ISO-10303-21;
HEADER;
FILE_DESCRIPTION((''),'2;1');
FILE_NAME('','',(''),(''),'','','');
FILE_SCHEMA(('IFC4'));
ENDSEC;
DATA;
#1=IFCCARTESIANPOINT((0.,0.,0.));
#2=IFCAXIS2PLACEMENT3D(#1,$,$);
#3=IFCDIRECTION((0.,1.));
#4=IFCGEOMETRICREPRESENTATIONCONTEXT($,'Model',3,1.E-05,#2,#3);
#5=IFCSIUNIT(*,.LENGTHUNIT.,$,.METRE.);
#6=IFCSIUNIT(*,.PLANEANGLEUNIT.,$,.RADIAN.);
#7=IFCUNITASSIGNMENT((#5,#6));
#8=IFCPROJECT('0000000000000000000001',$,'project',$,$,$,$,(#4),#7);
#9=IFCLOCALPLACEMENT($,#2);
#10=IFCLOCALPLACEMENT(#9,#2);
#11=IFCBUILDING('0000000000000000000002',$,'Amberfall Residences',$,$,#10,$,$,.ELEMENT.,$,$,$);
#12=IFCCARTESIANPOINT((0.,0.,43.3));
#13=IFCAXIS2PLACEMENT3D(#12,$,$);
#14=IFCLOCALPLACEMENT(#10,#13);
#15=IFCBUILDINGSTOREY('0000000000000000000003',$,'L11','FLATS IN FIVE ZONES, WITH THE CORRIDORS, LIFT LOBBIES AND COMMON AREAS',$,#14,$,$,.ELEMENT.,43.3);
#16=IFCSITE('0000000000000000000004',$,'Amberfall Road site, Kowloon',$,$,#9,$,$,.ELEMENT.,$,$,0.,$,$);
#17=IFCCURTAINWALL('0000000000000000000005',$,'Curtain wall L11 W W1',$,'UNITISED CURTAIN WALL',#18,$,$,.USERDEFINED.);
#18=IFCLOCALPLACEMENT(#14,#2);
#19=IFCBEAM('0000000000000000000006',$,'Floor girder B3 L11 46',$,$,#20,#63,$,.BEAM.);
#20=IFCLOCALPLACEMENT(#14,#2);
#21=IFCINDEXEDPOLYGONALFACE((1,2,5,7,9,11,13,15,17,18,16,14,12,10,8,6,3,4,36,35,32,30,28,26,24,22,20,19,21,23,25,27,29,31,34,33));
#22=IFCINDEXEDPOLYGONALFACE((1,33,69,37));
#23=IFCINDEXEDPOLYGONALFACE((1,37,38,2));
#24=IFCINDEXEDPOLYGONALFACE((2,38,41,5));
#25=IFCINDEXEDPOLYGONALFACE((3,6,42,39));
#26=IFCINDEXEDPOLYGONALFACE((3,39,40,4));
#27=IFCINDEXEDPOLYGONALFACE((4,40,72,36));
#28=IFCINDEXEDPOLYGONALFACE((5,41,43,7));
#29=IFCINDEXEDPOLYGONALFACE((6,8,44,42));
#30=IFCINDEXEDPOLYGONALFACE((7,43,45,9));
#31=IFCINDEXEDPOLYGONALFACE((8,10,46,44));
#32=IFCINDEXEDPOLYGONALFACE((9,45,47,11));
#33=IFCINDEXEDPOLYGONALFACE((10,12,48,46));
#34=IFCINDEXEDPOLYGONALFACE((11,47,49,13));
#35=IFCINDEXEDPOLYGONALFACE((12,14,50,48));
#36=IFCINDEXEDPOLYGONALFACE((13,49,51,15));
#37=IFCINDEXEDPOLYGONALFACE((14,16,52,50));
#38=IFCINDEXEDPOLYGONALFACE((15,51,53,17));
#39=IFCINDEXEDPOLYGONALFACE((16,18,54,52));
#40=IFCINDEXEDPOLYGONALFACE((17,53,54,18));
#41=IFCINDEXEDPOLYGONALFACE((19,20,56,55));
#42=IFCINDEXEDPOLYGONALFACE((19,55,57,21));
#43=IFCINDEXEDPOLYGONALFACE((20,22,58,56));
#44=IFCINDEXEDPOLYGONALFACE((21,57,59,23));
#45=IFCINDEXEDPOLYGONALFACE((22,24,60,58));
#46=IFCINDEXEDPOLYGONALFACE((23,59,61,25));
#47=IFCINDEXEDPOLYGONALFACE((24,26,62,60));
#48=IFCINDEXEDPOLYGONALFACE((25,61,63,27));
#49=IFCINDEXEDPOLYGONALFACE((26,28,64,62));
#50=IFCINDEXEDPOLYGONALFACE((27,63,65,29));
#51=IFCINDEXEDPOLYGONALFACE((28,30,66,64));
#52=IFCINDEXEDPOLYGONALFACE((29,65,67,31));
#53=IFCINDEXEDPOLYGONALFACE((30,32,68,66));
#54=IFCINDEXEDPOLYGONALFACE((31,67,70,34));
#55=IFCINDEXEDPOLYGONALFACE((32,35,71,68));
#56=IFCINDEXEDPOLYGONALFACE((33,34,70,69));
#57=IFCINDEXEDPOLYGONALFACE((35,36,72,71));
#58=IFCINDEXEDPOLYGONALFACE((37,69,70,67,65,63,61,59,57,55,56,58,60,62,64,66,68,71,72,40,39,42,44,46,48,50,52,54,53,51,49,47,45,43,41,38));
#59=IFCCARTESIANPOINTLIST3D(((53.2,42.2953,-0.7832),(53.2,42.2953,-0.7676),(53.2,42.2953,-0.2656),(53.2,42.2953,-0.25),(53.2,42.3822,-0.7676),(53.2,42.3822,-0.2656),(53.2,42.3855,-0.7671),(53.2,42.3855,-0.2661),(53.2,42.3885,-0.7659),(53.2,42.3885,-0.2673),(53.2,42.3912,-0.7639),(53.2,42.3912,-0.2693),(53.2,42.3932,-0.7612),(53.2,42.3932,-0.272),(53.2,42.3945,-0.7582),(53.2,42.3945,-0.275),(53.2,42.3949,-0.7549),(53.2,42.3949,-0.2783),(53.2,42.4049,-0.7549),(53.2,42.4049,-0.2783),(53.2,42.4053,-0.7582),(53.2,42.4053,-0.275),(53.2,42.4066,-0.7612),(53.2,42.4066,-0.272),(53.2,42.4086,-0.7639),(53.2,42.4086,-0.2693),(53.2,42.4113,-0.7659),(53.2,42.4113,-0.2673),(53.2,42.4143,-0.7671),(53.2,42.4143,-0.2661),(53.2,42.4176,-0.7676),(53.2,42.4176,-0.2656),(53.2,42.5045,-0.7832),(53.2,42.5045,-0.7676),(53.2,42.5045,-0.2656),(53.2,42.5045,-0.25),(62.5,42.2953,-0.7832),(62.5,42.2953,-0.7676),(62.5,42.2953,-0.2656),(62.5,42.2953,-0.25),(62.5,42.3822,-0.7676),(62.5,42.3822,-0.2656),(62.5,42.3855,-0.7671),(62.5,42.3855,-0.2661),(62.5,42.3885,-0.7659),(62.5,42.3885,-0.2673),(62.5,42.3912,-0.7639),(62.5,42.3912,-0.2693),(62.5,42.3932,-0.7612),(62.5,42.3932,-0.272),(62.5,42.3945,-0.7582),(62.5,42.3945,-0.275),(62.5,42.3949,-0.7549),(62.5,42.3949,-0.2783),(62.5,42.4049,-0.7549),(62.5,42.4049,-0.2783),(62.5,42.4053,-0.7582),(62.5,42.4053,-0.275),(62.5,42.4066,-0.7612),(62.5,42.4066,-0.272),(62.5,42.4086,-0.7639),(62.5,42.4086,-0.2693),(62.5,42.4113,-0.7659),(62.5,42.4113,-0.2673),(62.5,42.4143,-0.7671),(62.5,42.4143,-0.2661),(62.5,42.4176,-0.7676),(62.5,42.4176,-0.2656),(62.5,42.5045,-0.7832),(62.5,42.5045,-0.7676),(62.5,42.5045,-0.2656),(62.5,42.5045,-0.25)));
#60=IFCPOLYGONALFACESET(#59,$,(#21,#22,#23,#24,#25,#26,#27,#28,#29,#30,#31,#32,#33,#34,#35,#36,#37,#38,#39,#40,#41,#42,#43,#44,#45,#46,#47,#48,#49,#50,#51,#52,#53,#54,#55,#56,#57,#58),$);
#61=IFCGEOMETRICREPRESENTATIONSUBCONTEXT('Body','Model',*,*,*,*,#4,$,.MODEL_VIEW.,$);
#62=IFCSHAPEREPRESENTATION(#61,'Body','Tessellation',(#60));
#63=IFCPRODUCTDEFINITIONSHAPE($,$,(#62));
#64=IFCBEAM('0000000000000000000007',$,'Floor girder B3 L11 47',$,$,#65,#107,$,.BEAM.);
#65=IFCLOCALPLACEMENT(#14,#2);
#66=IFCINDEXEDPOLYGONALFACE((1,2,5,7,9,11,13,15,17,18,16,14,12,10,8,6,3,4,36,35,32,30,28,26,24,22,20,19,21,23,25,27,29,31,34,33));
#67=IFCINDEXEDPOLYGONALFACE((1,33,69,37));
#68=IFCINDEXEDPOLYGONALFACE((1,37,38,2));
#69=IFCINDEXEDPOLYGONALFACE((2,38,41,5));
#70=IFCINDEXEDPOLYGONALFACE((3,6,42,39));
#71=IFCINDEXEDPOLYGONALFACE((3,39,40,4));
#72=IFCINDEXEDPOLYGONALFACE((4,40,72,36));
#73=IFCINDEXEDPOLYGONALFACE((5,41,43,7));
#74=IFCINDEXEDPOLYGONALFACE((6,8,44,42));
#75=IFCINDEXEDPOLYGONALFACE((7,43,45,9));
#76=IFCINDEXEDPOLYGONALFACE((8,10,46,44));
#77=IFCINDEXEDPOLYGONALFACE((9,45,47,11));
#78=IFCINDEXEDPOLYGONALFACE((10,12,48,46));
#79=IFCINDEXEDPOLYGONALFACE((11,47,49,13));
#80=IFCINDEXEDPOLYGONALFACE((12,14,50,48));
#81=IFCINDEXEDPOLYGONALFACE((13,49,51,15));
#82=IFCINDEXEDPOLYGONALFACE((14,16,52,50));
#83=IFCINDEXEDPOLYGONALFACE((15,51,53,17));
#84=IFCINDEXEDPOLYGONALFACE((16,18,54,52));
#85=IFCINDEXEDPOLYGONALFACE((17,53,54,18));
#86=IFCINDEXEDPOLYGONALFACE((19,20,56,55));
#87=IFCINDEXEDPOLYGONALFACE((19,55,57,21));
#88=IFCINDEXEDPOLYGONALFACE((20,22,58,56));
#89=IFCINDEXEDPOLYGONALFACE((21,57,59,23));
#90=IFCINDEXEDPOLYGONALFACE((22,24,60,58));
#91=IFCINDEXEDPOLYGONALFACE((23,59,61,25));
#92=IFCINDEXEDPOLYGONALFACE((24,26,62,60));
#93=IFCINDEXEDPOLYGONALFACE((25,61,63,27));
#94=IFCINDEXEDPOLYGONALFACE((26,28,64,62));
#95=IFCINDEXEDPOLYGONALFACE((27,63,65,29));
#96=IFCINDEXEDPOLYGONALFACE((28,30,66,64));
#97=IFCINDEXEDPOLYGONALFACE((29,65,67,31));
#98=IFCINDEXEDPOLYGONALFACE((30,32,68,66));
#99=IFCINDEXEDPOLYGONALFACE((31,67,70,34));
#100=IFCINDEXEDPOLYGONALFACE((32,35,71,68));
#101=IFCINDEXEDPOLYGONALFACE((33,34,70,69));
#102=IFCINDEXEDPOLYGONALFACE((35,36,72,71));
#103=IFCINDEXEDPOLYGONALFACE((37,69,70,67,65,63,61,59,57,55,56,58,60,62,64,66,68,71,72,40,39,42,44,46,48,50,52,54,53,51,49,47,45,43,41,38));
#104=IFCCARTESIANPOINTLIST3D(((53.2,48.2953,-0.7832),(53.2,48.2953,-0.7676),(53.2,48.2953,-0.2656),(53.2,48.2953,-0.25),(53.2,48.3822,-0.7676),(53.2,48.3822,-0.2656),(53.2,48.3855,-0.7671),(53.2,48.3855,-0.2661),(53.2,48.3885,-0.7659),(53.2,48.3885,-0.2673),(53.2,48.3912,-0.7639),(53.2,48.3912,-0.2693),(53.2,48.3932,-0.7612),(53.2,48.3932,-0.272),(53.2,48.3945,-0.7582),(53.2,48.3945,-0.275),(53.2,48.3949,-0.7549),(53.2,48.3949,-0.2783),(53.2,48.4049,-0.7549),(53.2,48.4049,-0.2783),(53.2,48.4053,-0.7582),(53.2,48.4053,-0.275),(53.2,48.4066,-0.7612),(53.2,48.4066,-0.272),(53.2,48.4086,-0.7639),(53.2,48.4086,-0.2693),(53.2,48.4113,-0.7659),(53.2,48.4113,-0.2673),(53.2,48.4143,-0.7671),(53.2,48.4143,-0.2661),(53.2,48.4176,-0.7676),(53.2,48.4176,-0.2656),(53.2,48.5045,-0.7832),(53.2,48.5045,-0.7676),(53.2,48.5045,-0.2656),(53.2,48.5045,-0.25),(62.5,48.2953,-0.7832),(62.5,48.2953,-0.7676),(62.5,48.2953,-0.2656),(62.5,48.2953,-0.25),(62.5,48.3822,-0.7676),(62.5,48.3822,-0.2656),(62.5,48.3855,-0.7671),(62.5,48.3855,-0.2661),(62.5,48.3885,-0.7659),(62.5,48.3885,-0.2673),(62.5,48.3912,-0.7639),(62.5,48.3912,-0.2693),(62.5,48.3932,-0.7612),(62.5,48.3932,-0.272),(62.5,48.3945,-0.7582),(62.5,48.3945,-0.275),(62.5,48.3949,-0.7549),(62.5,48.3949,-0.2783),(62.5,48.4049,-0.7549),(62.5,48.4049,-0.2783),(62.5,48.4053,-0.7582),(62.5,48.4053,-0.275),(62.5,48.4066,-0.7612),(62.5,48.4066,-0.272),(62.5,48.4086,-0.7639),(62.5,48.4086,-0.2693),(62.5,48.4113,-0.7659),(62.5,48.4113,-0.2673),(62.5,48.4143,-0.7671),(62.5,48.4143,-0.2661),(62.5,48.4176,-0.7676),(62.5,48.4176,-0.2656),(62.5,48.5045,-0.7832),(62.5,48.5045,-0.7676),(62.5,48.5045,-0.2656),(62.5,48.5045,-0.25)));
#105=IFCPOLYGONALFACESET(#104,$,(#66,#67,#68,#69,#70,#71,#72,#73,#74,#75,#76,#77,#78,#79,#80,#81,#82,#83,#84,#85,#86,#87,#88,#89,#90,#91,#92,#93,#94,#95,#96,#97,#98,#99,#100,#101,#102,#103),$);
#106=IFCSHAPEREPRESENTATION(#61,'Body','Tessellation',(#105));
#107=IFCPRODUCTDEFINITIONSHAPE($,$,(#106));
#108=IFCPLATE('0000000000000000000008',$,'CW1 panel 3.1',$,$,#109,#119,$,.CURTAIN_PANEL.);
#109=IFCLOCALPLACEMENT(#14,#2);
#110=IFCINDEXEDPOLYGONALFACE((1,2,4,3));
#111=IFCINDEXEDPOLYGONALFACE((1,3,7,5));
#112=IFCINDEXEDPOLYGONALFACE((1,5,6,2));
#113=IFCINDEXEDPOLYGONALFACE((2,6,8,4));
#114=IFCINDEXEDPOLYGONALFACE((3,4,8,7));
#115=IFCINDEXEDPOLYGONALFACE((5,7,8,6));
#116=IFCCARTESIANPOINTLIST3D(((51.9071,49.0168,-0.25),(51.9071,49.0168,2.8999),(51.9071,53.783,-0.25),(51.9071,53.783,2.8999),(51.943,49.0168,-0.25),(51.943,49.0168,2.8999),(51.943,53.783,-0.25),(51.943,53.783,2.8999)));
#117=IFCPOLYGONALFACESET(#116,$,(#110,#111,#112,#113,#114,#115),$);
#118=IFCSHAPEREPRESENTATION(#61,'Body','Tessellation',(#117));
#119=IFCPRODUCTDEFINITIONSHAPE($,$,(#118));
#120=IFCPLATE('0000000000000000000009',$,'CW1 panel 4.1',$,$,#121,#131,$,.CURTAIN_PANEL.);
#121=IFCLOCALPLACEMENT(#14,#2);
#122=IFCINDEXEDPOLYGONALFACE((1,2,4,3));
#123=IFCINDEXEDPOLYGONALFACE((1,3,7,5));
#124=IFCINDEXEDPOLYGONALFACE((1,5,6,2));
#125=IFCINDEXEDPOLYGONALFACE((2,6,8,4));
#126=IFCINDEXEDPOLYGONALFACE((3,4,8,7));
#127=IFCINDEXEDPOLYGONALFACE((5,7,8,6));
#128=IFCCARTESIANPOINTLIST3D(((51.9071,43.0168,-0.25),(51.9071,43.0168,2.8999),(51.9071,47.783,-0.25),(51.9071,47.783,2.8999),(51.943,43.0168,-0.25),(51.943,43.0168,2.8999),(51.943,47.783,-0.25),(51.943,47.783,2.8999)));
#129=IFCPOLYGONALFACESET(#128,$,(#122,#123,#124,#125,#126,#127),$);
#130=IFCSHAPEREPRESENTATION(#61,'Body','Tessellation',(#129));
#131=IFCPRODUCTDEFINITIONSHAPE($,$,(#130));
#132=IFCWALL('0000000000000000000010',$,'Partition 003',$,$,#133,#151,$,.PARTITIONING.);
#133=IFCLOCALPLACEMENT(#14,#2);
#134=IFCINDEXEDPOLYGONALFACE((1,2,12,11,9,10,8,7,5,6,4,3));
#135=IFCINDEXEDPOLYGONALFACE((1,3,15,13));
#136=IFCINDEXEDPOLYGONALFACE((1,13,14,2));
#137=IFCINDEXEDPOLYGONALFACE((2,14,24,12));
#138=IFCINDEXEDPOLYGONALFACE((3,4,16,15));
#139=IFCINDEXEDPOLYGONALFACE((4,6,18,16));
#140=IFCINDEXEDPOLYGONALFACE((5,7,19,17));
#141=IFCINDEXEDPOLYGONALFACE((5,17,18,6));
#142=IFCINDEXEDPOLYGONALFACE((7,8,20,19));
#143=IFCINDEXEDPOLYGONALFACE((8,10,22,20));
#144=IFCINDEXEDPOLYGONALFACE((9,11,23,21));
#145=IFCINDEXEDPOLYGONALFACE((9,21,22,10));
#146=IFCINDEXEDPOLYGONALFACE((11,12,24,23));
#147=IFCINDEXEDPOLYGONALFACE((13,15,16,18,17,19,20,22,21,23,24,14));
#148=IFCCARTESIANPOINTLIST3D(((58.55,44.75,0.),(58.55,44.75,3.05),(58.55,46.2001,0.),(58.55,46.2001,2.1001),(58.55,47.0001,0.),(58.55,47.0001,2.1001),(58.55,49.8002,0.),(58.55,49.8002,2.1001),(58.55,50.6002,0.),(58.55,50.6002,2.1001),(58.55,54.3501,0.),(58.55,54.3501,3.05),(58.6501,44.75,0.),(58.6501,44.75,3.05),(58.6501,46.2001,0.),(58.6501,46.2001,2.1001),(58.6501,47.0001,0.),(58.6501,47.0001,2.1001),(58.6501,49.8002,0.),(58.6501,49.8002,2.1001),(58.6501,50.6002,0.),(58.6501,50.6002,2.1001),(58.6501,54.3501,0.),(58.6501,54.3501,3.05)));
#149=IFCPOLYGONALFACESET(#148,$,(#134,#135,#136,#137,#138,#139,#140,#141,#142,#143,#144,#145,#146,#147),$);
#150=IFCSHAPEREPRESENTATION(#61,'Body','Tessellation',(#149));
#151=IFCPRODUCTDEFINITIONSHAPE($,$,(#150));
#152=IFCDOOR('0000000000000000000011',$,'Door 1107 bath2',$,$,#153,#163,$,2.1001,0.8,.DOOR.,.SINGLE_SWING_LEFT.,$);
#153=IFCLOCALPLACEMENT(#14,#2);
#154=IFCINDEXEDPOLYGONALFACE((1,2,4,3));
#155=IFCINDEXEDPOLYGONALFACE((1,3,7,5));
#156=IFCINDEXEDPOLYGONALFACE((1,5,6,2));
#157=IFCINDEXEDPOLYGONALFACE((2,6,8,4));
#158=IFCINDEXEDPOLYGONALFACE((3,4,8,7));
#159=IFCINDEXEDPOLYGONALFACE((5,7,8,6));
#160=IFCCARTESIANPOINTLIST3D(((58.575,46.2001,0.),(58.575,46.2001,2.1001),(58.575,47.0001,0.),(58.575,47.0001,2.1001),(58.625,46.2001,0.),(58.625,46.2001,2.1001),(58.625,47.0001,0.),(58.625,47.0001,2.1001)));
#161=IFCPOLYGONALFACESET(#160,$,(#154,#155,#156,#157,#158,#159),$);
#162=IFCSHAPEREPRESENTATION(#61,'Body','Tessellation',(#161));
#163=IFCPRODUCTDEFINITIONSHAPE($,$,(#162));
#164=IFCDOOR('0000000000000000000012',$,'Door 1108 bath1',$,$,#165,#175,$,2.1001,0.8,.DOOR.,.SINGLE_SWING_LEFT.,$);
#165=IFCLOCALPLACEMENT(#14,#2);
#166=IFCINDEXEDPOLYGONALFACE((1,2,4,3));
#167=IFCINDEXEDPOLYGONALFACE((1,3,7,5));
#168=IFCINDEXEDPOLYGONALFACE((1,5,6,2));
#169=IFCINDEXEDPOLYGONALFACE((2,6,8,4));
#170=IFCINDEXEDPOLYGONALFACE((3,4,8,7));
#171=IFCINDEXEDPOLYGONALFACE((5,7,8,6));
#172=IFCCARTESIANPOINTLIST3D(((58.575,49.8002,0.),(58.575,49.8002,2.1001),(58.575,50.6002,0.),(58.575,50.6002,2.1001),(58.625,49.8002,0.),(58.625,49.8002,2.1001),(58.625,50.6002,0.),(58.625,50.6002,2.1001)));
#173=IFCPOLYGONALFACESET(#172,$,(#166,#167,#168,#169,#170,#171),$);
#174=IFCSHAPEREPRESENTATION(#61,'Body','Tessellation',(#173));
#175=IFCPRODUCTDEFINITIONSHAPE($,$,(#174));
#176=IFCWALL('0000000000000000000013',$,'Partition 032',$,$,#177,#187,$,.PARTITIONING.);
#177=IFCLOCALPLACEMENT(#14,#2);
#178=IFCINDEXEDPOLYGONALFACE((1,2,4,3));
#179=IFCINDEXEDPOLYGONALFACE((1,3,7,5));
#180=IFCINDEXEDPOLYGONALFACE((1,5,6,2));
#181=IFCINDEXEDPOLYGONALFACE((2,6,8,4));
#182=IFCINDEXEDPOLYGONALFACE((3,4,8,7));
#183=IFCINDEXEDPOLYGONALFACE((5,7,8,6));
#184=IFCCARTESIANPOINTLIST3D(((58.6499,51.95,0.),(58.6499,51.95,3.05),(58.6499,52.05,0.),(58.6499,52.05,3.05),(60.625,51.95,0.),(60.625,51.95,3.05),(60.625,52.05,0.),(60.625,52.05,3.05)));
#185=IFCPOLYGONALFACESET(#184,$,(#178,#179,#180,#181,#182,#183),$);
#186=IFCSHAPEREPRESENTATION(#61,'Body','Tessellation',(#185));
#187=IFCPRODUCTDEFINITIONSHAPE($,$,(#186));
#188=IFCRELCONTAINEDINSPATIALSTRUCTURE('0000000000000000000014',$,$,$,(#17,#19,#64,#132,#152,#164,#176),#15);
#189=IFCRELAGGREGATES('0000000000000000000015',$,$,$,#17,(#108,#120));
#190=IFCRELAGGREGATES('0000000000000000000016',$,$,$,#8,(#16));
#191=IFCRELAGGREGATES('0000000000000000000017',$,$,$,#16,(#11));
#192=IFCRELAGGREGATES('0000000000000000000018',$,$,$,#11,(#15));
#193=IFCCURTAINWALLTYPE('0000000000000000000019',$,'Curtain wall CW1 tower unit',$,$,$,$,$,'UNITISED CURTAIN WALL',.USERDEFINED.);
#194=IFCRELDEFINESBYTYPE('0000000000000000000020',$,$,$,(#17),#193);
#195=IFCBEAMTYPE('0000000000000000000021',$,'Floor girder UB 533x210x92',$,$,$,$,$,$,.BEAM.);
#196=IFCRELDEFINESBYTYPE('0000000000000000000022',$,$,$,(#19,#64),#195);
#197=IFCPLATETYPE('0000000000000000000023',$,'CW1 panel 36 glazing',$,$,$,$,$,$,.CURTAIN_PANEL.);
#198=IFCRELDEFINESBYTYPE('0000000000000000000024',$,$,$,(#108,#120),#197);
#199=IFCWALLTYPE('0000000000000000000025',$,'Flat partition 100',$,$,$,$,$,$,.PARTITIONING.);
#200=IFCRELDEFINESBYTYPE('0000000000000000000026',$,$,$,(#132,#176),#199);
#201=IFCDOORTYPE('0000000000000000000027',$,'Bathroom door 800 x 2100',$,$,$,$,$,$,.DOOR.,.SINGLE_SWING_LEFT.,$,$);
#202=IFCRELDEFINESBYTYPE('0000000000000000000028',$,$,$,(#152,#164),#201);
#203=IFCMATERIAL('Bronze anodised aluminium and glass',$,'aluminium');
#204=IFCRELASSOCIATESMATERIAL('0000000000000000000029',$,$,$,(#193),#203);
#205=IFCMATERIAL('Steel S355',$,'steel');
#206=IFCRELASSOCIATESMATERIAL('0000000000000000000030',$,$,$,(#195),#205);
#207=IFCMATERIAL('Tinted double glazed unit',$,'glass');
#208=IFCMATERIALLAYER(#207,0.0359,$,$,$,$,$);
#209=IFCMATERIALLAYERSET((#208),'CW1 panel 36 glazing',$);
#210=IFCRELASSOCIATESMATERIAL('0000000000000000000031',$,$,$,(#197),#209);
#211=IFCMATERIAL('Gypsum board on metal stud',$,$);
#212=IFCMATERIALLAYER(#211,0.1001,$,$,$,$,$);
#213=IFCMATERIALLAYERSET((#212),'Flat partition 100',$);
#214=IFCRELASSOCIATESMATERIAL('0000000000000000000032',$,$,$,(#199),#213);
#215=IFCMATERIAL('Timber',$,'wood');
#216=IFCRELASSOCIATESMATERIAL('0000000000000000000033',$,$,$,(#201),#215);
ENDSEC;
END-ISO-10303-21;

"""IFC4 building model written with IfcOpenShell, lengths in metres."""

from ifc_helpers import new_model, si_unit, direction, frame, frame_2d, origin, origin_2d, place, context, subcontext, project, spatial, rectangle, i_section, extrude, material, layer, layer_set, material_profile, profile_set, type_object, element, fill, aggregate, save


model = new_model("IFC4")

# Units and contexts
model_context = context("Model", 3, precision=1e-05, world=origin(), true_north=direction((0.0, 1.0)))
body_context = subcontext(model_context, "Body", "Model", "MODEL_VIEW")
ifc_project = project(units=[si_unit("LENGTHUNIT", "METRE"), si_unit("PLANEANGLEUNIT", "RADIAN")], contexts=[model_context])

# Site, building, storey
site_placement = place(None, origin())
site = spatial("IfcSite", under=ifc_project, at=site_placement, Name="Amberfall Road site, Kowloon", CompositionType="ELEMENT", RefElevation=0.0)
building_placement = place(site_placement, origin())
building = spatial("IfcBuilding", under=site, at=building_placement, Name="Amberfall Residences", CompositionType="ELEMENT")
storey_placement = place(building_placement, frame((0.0, 0.0, 43.3)))
storey = spatial("IfcBuildingStorey", under=building, at=storey_placement, Name="L11", Description="FLATS IN FIVE ZONES, WITH THE CORRIDORS, LIFT LOBBIES AND COMMON AREAS", CompositionType="ELEMENT", Elevation=43.3)

# Curtain wall
ifc_material_1 = material(Name="Bronze anodised aluminium and glass", Category="aluminium")
curtain_wall_type = type_object("IfcCurtainWallType", Name="Curtain wall CW1 tower unit", ElementType="UNITISED CURTAIN WALL", PredefinedType="USERDEFINED", material=ifc_material_1)
curtain_wall_placement = place(storey_placement, origin())
curtain_wall = element("IfcCurtainWall", 1, at=curtain_wall_placement, inside=storey, type_object=curtain_wall_type, Name="Curtain wall L11 W W1", ObjectType="UNITISED CURTAIN WALL", PredefinedType="USERDEFINED")

# Shared definitions
ifc_material_2 = material(Name="Steel S355", Category="steel")

# Beams
ifc_material_profile_1 = material_profile(ifc_material_2, i_section(OverallWidth=0.2092, OverallDepth=0.5332, WebThickness=0.01, FlangeThickness=0.0156, FilletRadius=0.0127, at=origin_2d()), Name="UB 533x210x92")
ifc_profile_set_1 = profile_set([ifc_material_profile_1], Name="Steel S355")
beam_type_1 = type_object("IfcBeamType", Name="Floor girder UB 533x210x92", PredefinedType="BEAM", material=ifc_profile_set_1)
for number, where, z_axis, x_axis, name in (
    (2, (53.2, 42.3999, -0.5166), (1.0, 0.0, 0.0), (0.0, 1.0, 0.0), "Floor girder B3 L11 46"),
    (3, (53.2, 48.3999, -0.5166), (1.0, 0.0, 0.0), (0.0, 1.0, 0.0), "Floor girder B3 L11 47"),
):
    element("IfcBeam", number, at=place(storey_placement, frame(where, z_axis=z_axis, x_axis=x_axis)), inside=storey, type_object=beam_type_1, Name=name, PredefinedType="BEAM", context=body_context, shape_type="SweptSolid", body=[
        extrude(i_section(OverallWidth=0.2092, OverallDepth=0.5332, WebThickness=0.01, FlangeThickness=0.0156, FilletRadius=0.0127, at=origin_2d()), origin(), (0.0, 0.0, 1.0), 9.3),
    ])

# Plates
ifc_material_3 = material(Name="Tinted double glazed unit", Category="glass")
ifc_layer_1 = layer(ifc_material_3, 0.0359)
ifc_layer_set_1 = layer_set([ifc_layer_1], Name="CW1 panel 36 glazing")
plate_type = type_object("IfcPlateType", Name="CW1 panel 36 glazing", PredefinedType="CURTAIN_PANEL", material=ifc_layer_set_1)
plate_1_placement = place(storey_placement, frame((51.925, 51.3999, -0.25), z_axis=(0.0, 0.0, 1.0), x_axis=(0.0, -1.0, 0.0)))
plate_1 = element("IfcPlate", 4, at=plate_1_placement, type_object=plate_type, Name="CW1 panel 3.1", PredefinedType="CURTAIN_PANEL", context=body_context, shape_type="SweptSolid", body=[
    extrude(rectangle(XDim=4.7661, YDim=0.0359, at=origin_2d()), origin(), (0.0, 0.0, 1.0), 3.1499),
])
plate_2_placement = place(storey_placement, frame((51.925, 45.3999, -0.25), z_axis=(0.0, 0.0, 1.0), x_axis=(0.0, -1.0, 0.0)))
plate_2 = element("IfcPlate", 5, at=plate_2_placement, type_object=plate_type, Name="CW1 panel 4.1", PredefinedType="CURTAIN_PANEL", context=body_context, shape_type="SweptSolid", body=[
    extrude(rectangle(XDim=4.7661, YDim=0.0359, at=origin_2d()), origin(), (0.0, 0.0, 1.0), 3.1499),
])
aggregate(curtain_wall, [plate_1, plate_2])

# Wall, openings, doors
ifc_material_4 = material(Name="Gypsum board on metal stud")
ifc_layer_2 = layer(ifc_material_4, 0.1001)
ifc_layer_set_2 = layer_set([ifc_layer_2], Name="Flat partition 100")
wall_type_1 = type_object("IfcWallType", Name="Flat partition 100", PredefinedType="PARTITIONING", material=ifc_layer_set_2)
wall_1_placement = place(storey_placement, frame((58.6001, 54.3501, 0.0), z_axis=(0.0, 0.0, 1.0), x_axis=(0.0, -1.0, 0.0)))
wall_1 = element("IfcWall", 6, at=wall_1_placement, inside=storey, type_object=wall_type_1, Name="Partition 003", PredefinedType="PARTITIONING", context=body_context, shape_type="SweptSolid", body=[
    extrude(rectangle(XDim=9.6001, YDim=0.1001, at=frame_2d((4.8, 0.0))), origin(), (0.0, 0.0, 1.0), 3.05),
])
opening_1_placement = place(wall_1_placement, frame((7.3501, 0.0, 0.0)))
opening_1 = element("IfcOpeningElement", 7, at=opening_1_placement, cuts=wall_1, PredefinedType="OPENING", context=body_context, shape_type="SweptSolid", body=[
    extrude(rectangle(XDim=0.8, YDim=2.1001, at=frame_2d((0.3999, 1.05))), frame((0.0, 0.0601, 0.0), z_axis=(0.0, -1.0, 0.0), x_axis=(1.0, 0.0, 0.0)), (0.0, 0.0, 1.0), 0.1201),
])
opening_2_placement = place(wall_1_placement, frame((3.75, 0.0, 0.0)))
opening_2 = element("IfcOpeningElement", 8, at=opening_2_placement, cuts=wall_1, PredefinedType="OPENING", context=body_context, shape_type="SweptSolid", body=[
    extrude(rectangle(XDim=0.8, YDim=2.1001, at=frame_2d((0.3999, 1.05))), frame((0.0, 0.0601, 0.0), z_axis=(0.0, -1.0, 0.0), x_axis=(1.0, 0.0, 0.0)), (0.0, 0.0, 1.0), 0.1201),
])
ifc_material_5 = material(Name="Timber", Category="wood")
door_type_1 = type_object("IfcDoorType", Name="Bathroom door 800 x 2100", OperationType="SINGLE_SWING_LEFT", PredefinedType="DOOR", material=ifc_material_5)
door_1_placement = place(opening_1_placement, origin())
door_1 = element("IfcDoor", 9, at=door_1_placement, inside=storey, type_object=door_type_1, Name="Door 1107 bath2", OperationType="SINGLE_SWING_LEFT", OverallHeight=2.1001, OverallWidth=0.8, PredefinedType="DOOR", context=body_context, shape_type="SweptSolid", body=[
    extrude(rectangle(XDim=0.8, YDim=2.1001, at=frame_2d((0.3999, 1.05))), frame((0.0, 0.0249, 0.0), z_axis=(0.0, -1.0, 0.0), x_axis=(1.0, 0.0, 0.0)), (0.0, 0.0, 1.0), 0.05),
])
fill(opening_1, door_1)
door_2_placement = place(opening_2_placement, origin())
door_2 = element("IfcDoor", 10, at=door_2_placement, inside=storey, type_object=door_type_1, Name="Door 1108 bath1", OperationType="SINGLE_SWING_LEFT", OverallHeight=2.1001, OverallWidth=0.8, PredefinedType="DOOR", context=body_context, shape_type="SweptSolid", body=[
    extrude(rectangle(XDim=0.8, YDim=2.1001, at=frame_2d((0.3999, 1.05))), frame((0.0, 0.0249, 0.0), z_axis=(0.0, -1.0, 0.0), x_axis=(1.0, 0.0, 0.0)), (0.0, 0.0, 1.0), 0.05),
])
fill(opening_2, door_2)

# Wall
for number, where, z_axis, x_axis, name in (
    (11, (58.6499, 52.0, 0.0), (0.0, 0.0, 1.0), (1.0, 0.0, 0.0), "Partition 032"),
):
    element("IfcWall", number, at=place(storey_placement, frame(where, z_axis=z_axis, x_axis=x_axis)), inside=storey, type_object=wall_type_1, Name=name, PredefinedType="PARTITIONING", context=body_context, shape_type="SweptSolid", body=[
        extrude(rectangle(XDim=1.9751, YDim=0.1001, at=frame_2d((0.9875, 0.0))), origin(), (0.0, 0.0, 1.0), 3.05),
    ])

save(model, "model.ifc")
